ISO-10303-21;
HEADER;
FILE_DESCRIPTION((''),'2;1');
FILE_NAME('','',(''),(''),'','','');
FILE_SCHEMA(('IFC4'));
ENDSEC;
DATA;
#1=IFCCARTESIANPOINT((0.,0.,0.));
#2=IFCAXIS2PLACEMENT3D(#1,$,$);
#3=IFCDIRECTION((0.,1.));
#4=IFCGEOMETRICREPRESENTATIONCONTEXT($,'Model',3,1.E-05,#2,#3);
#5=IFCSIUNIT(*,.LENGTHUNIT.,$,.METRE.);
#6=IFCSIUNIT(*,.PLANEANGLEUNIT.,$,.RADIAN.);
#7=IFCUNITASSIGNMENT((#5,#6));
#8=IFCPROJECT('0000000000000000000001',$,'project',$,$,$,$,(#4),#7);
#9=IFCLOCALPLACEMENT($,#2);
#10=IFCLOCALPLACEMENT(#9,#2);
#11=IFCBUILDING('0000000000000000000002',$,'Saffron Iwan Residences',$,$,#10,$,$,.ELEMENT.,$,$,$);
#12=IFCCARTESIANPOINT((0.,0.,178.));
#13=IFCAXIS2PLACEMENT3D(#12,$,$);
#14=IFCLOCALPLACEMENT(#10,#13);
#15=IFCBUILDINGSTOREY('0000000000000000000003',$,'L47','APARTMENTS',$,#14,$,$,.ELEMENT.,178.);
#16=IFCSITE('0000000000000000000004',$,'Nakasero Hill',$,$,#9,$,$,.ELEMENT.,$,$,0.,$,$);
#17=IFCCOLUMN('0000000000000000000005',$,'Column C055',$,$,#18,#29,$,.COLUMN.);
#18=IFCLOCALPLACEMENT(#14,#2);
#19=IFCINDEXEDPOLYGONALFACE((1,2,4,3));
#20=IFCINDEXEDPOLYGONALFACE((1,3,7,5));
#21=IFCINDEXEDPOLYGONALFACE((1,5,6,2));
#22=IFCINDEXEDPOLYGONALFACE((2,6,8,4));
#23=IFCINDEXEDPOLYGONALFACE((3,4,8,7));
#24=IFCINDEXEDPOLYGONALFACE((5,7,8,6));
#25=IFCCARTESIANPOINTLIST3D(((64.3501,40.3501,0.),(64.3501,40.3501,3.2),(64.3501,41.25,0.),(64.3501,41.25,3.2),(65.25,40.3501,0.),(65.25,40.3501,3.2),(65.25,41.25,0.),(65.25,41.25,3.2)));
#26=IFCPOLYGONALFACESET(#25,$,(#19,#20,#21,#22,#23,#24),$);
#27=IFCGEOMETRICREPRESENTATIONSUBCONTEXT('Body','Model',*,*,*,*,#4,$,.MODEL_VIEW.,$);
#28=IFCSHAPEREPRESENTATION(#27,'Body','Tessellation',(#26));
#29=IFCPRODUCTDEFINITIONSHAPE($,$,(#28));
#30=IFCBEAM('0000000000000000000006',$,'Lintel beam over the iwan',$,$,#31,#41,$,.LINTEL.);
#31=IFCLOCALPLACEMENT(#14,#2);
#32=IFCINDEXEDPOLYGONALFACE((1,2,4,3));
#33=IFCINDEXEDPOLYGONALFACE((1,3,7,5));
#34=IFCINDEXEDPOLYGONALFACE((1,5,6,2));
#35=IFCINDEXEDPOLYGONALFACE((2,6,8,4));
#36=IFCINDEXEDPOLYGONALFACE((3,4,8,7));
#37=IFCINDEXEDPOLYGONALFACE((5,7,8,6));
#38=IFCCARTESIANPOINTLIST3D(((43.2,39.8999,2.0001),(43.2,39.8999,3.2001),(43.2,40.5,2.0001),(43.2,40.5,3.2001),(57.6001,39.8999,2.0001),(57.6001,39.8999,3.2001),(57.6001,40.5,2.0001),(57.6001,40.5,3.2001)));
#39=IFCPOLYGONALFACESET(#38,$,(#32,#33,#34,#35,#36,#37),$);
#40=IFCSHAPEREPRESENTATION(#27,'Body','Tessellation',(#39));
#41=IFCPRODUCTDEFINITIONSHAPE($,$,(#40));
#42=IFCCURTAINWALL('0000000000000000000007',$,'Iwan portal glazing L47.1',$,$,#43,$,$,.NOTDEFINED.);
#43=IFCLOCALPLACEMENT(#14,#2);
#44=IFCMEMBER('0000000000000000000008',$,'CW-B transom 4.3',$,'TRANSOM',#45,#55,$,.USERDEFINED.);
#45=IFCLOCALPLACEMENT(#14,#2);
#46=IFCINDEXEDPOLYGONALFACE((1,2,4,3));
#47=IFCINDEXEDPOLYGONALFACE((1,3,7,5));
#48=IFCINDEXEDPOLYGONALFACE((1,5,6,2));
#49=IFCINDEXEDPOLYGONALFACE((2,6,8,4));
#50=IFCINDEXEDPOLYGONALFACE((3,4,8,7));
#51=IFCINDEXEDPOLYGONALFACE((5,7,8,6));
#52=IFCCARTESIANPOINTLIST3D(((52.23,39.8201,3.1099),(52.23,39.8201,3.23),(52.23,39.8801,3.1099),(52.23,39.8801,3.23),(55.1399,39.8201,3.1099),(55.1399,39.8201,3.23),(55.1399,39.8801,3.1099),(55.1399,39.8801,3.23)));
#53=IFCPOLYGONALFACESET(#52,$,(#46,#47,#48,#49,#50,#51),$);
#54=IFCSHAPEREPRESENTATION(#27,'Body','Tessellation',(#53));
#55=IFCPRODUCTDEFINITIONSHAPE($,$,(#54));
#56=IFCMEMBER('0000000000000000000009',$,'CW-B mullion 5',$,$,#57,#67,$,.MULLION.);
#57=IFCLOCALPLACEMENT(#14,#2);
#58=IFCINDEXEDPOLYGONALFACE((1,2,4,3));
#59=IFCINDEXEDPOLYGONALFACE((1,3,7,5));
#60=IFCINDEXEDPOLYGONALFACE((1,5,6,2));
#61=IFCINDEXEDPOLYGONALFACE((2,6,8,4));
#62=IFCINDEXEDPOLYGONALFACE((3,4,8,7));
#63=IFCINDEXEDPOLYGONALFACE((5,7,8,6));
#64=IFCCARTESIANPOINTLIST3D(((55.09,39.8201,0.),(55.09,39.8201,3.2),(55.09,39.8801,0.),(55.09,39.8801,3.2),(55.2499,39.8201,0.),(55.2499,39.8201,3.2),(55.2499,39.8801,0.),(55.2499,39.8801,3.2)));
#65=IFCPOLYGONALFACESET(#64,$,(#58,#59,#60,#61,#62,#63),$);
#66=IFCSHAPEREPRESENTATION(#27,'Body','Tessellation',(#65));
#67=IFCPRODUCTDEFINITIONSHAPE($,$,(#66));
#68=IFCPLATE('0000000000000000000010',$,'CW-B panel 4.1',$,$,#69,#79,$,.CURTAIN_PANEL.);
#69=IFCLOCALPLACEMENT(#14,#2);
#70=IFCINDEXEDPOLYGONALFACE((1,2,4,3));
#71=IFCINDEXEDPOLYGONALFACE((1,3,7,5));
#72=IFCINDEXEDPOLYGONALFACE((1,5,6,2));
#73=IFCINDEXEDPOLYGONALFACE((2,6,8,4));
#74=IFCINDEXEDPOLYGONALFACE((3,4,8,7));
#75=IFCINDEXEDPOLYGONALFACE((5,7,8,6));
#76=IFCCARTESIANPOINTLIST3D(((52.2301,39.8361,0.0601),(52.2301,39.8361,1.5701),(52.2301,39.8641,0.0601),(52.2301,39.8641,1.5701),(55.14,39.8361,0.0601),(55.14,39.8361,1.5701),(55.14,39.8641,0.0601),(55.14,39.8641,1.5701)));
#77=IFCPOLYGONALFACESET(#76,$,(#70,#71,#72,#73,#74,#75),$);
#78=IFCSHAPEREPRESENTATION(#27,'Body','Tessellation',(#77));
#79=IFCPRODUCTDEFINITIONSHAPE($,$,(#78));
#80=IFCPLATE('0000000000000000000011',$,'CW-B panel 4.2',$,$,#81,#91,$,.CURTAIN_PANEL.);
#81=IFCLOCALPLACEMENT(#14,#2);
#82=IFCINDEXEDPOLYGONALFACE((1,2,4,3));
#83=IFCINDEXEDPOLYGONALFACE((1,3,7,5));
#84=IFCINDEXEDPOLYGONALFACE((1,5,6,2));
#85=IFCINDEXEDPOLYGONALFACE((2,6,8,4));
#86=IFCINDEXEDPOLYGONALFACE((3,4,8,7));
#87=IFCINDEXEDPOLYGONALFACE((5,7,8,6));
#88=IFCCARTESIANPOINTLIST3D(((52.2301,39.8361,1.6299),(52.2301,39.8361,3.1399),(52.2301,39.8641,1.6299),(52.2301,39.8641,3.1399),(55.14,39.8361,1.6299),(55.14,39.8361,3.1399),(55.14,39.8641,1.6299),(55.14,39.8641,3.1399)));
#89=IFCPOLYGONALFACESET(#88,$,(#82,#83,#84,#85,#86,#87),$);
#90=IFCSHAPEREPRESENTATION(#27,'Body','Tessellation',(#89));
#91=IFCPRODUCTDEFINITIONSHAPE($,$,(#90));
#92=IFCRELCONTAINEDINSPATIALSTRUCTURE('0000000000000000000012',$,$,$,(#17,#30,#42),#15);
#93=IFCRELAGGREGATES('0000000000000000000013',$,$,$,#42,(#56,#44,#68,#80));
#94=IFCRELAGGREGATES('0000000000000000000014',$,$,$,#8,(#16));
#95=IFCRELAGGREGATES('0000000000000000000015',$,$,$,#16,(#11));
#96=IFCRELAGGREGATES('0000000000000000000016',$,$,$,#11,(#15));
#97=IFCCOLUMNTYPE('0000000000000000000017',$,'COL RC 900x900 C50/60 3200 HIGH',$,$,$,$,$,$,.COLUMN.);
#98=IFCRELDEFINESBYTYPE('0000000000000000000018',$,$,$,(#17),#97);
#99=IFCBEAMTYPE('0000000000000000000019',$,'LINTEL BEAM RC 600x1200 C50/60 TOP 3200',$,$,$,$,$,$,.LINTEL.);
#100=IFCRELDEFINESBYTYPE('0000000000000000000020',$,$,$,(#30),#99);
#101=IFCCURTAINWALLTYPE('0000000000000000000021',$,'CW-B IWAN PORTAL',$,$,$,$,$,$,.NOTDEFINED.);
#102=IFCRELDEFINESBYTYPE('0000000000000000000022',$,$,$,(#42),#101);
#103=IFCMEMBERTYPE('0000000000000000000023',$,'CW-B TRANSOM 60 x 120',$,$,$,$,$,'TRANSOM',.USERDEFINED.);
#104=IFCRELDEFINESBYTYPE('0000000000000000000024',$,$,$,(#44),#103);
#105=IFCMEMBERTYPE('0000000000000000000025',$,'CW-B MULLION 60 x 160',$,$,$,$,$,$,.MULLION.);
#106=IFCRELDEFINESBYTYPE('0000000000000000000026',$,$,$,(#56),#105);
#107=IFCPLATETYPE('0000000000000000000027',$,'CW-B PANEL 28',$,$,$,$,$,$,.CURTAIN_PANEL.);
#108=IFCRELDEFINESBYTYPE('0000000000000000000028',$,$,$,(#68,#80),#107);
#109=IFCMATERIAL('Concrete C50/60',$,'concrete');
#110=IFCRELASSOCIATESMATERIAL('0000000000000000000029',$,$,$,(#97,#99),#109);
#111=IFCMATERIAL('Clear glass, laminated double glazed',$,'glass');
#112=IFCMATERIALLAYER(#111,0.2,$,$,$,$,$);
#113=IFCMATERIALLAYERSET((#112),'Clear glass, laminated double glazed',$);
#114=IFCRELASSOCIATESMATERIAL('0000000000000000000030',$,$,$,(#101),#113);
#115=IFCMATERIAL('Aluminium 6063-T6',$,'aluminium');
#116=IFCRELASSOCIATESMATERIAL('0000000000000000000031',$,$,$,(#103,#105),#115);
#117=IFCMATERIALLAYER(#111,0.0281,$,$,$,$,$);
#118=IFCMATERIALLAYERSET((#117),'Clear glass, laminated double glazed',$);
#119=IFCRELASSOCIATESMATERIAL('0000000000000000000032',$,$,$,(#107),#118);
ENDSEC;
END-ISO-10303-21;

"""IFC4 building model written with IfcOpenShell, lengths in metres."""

from ifc_helpers import new_model, si_unit, direction, frame, origin, origin_2d, place, context, subcontext, project, spatial, rectangle, extrude, source, transform, mapped, material, layer, layer_set, material_profile, profile_set, type_object, element, aggregate, save


model = new_model("IFC4")

# Units and contexts
model_context = context("Model", 3, precision=1e-05, world=origin(), true_north=direction((0.0, 1.0)))
body_context = subcontext(model_context, "Body", "Model", "MODEL_VIEW")
ifc_project = project(units=[si_unit("LENGTHUNIT", "METRE"), si_unit("PLANEANGLEUNIT", "RADIAN")], contexts=[model_context])

# Site, building, storey
site_placement = place(None, origin())
site = spatial("IfcSite", under=ifc_project, at=site_placement, Name="Nakasero Hill", CompositionType="ELEMENT", RefElevation=0.0)
building_placement = place(site_placement, origin())
building = spatial("IfcBuilding", under=site, at=building_placement, Name="Saffron Iwan Residences", CompositionType="ELEMENT")
storey_placement = place(building_placement, frame((0.0, 0.0, 178.0)))
storey = spatial("IfcBuildingStorey", under=building, at=storey_placement, Name="L47", Description="APARTMENTS", CompositionType="ELEMENT", Elevation=178.0)

# Column
ifc_material_1 = material(Name="Concrete C50/60", Category="concrete")
ifc_material_profile_1 = material_profile(ifc_material_1, rectangle(XDim=0.8999, YDim=0.8999, at=origin_2d()), Name="RC 900x900")
ifc_profile_set_1 = profile_set([ifc_material_profile_1], Name="Concrete C50/60")
column_type = type_object("IfcColumnType", Name="COL RC 900x900 C50/60 3200 HIGH", PredefinedType="COLUMN", material=ifc_profile_set_1)
shared_shape_1 = source(origin(), body_context, "Body", "SweptSolid", [
    extrude(rectangle(XDim=0.8999, YDim=0.8999, at=origin_2d()), origin(), (0.0, 0.0, 1.0), 3.2),
])
column_placement = place(storey_placement, frame((64.8, 40.8, 0.0), z_axis=(0.0, 0.0, 1.0), x_axis=(1.0, 0.0, 0.0)))
element("IfcColumn", 1, at=column_placement, inside=storey, type_object=column_type, Name="Column C055", PredefinedType="COLUMN", context=body_context, shape_type="MappedRepresentation", body=[
    mapped(shared_shape_1, transform((0.0, 0.0, 0.0))),
])

# Beam
ifc_material_profile_2 = material_profile(ifc_material_1, rectangle(XDim=0.6001, YDim=1.2, at=origin_2d()), Name="RC 600x1200")
ifc_profile_set_2 = profile_set([ifc_material_profile_2], Name="Concrete C50/60")
beam_type = type_object("IfcBeamType", Name="LINTEL BEAM RC 600x1200 C50/60 TOP 3200", PredefinedType="LINTEL", material=ifc_profile_set_2)
shared_shape_2 = source(origin(), body_context, "Body", "SweptSolid", [
    extrude(rectangle(XDim=0.6001, YDim=1.2, at=origin_2d()), origin(), (0.0, 0.0, 1.0), 14.4001),
])
beam_placement = place(storey_placement, frame((57.6001, 40.2, 2.6001), z_axis=(-1.0, 0.0, 0.0), x_axis=(0.0, -1.0, 0.0)))
element("IfcBeam", 2, at=beam_placement, inside=storey, type_object=beam_type, Name="Lintel beam over the iwan", PredefinedType="LINTEL", context=body_context, shape_type="MappedRepresentation", body=[
    mapped(shared_shape_2, transform((0.0, 0.0, 0.0))),
])

# Curtain wall, members, plates
ifc_material_2 = material(Name="Clear glass, laminated double glazed", Category="glass")
ifc_layer_1 = layer(ifc_material_2, 0.2)
ifc_layer_set_1 = layer_set([ifc_layer_1], Name="Clear glass, laminated double glazed")
curtain_wall_type = type_object("IfcCurtainWallType", Name="CW-B IWAN PORTAL", PredefinedType="NOTDEFINED", material=ifc_layer_set_1)
curtain_wall_placement = place(storey_placement, origin())
curtain_wall = element("IfcCurtainWall", 3, at=curtain_wall_placement, inside=storey, type_object=curtain_wall_type, Name="Iwan portal glazing L47.1", PredefinedType="NOTDEFINED")
ifc_material_3 = material(Name="Aluminium 6063-T6", Category="aluminium")
ifc_material_profile_3 = material_profile(ifc_material_3, rectangle(XDim=0.0601, YDim=0.1201, at=origin_2d()), Name="CW-B TRANSOM 60 x 120")
ifc_profile_set_3 = profile_set([ifc_material_profile_3], Name="Aluminium 6063-T6")
member_type_1 = type_object("IfcMemberType", Name="CW-B TRANSOM 60 x 120", ElementType="TRANSOM", PredefinedType="USERDEFINED", material=ifc_profile_set_3)
shared_shape_3 = source(origin(), body_context, "Body", "SweptSolid", [
    extrude(rectangle(XDim=0.0601, YDim=0.1201, at=origin_2d()), origin(), (0.0, 0.0, 1.0), 2.9099),
])
member_1_placement = place(storey_placement, frame((52.23, 39.8501, 3.1699), z_axis=(1.0, 0.0, 0.0), x_axis=(0.0, 1.0, 0.0)))
member_1 = element("IfcMember", 4, at=member_1_placement, type_object=member_type_1, Name="CW-B transom 4.3", ObjectType="TRANSOM", PredefinedType="USERDEFINED", context=body_context, shape_type="MappedRepresentation", body=[
    mapped(shared_shape_3, transform((0.0, 0.0, 0.0))),
])
ifc_material_profile_4 = material_profile(ifc_material_3, rectangle(XDim=0.0601, YDim=0.1599, at=origin_2d()), Name="CW-B MULLION 60 x 160")
ifc_profile_set_4 = profile_set([ifc_material_profile_4], Name="Aluminium 6063-T6")
member_type_2 = type_object("IfcMemberType", Name="CW-B MULLION 60 x 160", PredefinedType="MULLION", material=ifc_profile_set_4)
shared_shape_4 = source(origin(), body_context, "Body", "SweptSolid", [
    extrude(rectangle(XDim=0.0601, YDim=0.1599, at=origin_2d()), origin(), (0.0, 0.0, 1.0), 3.2),
])
member_2_placement = place(storey_placement, frame((55.1699, 39.8501, 0.0), z_axis=(0.0, 0.0, 1.0), x_axis=(0.0, 1.0, 0.0)))
member_2 = element("IfcMember", 5, at=member_2_placement, type_object=member_type_2, Name="CW-B mullion 5", PredefinedType="MULLION", context=body_context, shape_type="MappedRepresentation", body=[
    mapped(shared_shape_4, transform((0.0, 0.0, 0.0))),
])
ifc_layer_2 = layer(ifc_material_2, 0.0281)
ifc_layer_set_2 = layer_set([ifc_layer_2], Name="Clear glass, laminated double glazed")
plate_type = type_object("IfcPlateType", Name="CW-B PANEL 28", PredefinedType="CURTAIN_PANEL", material=ifc_layer_set_2)
shared_shape_5 = source(origin(), body_context, "Body", "SweptSolid", [
    extrude(rectangle(XDim=2.9099, YDim=0.0281, at=origin_2d()), origin(), (0.0, 0.0, 1.0), 1.51),
])
plate_1_placement = place(storey_placement, frame((53.6851, 39.8501, 0.0601), z_axis=(0.0, 0.0, 1.0), x_axis=(1.0, 0.0, 0.0)))
plate_1 = element("IfcPlate", 6, at=plate_1_placement, type_object=plate_type, Name="CW-B panel 4.1", PredefinedType="CURTAIN_PANEL", context=body_context, shape_type="MappedRepresentation", body=[
    mapped(shared_shape_5, transform((0.0, 0.0, 0.0))),
])
plate_2_placement = place(storey_placement, frame((53.6851, 39.8501, 1.6299), z_axis=(0.0, 0.0, 1.0), x_axis=(1.0, 0.0, 0.0)))
plate_2 = element("IfcPlate", 7, at=plate_2_placement, type_object=plate_type, Name="CW-B panel 4.2", PredefinedType="CURTAIN_PANEL", context=body_context, shape_type="MappedRepresentation", body=[
    mapped(shared_shape_5, transform((0.0, 0.0, 0.0))),
])
aggregate(curtain_wall, [member_2, member_1, plate_1, plate_2])

save(model, "model.ifc")
